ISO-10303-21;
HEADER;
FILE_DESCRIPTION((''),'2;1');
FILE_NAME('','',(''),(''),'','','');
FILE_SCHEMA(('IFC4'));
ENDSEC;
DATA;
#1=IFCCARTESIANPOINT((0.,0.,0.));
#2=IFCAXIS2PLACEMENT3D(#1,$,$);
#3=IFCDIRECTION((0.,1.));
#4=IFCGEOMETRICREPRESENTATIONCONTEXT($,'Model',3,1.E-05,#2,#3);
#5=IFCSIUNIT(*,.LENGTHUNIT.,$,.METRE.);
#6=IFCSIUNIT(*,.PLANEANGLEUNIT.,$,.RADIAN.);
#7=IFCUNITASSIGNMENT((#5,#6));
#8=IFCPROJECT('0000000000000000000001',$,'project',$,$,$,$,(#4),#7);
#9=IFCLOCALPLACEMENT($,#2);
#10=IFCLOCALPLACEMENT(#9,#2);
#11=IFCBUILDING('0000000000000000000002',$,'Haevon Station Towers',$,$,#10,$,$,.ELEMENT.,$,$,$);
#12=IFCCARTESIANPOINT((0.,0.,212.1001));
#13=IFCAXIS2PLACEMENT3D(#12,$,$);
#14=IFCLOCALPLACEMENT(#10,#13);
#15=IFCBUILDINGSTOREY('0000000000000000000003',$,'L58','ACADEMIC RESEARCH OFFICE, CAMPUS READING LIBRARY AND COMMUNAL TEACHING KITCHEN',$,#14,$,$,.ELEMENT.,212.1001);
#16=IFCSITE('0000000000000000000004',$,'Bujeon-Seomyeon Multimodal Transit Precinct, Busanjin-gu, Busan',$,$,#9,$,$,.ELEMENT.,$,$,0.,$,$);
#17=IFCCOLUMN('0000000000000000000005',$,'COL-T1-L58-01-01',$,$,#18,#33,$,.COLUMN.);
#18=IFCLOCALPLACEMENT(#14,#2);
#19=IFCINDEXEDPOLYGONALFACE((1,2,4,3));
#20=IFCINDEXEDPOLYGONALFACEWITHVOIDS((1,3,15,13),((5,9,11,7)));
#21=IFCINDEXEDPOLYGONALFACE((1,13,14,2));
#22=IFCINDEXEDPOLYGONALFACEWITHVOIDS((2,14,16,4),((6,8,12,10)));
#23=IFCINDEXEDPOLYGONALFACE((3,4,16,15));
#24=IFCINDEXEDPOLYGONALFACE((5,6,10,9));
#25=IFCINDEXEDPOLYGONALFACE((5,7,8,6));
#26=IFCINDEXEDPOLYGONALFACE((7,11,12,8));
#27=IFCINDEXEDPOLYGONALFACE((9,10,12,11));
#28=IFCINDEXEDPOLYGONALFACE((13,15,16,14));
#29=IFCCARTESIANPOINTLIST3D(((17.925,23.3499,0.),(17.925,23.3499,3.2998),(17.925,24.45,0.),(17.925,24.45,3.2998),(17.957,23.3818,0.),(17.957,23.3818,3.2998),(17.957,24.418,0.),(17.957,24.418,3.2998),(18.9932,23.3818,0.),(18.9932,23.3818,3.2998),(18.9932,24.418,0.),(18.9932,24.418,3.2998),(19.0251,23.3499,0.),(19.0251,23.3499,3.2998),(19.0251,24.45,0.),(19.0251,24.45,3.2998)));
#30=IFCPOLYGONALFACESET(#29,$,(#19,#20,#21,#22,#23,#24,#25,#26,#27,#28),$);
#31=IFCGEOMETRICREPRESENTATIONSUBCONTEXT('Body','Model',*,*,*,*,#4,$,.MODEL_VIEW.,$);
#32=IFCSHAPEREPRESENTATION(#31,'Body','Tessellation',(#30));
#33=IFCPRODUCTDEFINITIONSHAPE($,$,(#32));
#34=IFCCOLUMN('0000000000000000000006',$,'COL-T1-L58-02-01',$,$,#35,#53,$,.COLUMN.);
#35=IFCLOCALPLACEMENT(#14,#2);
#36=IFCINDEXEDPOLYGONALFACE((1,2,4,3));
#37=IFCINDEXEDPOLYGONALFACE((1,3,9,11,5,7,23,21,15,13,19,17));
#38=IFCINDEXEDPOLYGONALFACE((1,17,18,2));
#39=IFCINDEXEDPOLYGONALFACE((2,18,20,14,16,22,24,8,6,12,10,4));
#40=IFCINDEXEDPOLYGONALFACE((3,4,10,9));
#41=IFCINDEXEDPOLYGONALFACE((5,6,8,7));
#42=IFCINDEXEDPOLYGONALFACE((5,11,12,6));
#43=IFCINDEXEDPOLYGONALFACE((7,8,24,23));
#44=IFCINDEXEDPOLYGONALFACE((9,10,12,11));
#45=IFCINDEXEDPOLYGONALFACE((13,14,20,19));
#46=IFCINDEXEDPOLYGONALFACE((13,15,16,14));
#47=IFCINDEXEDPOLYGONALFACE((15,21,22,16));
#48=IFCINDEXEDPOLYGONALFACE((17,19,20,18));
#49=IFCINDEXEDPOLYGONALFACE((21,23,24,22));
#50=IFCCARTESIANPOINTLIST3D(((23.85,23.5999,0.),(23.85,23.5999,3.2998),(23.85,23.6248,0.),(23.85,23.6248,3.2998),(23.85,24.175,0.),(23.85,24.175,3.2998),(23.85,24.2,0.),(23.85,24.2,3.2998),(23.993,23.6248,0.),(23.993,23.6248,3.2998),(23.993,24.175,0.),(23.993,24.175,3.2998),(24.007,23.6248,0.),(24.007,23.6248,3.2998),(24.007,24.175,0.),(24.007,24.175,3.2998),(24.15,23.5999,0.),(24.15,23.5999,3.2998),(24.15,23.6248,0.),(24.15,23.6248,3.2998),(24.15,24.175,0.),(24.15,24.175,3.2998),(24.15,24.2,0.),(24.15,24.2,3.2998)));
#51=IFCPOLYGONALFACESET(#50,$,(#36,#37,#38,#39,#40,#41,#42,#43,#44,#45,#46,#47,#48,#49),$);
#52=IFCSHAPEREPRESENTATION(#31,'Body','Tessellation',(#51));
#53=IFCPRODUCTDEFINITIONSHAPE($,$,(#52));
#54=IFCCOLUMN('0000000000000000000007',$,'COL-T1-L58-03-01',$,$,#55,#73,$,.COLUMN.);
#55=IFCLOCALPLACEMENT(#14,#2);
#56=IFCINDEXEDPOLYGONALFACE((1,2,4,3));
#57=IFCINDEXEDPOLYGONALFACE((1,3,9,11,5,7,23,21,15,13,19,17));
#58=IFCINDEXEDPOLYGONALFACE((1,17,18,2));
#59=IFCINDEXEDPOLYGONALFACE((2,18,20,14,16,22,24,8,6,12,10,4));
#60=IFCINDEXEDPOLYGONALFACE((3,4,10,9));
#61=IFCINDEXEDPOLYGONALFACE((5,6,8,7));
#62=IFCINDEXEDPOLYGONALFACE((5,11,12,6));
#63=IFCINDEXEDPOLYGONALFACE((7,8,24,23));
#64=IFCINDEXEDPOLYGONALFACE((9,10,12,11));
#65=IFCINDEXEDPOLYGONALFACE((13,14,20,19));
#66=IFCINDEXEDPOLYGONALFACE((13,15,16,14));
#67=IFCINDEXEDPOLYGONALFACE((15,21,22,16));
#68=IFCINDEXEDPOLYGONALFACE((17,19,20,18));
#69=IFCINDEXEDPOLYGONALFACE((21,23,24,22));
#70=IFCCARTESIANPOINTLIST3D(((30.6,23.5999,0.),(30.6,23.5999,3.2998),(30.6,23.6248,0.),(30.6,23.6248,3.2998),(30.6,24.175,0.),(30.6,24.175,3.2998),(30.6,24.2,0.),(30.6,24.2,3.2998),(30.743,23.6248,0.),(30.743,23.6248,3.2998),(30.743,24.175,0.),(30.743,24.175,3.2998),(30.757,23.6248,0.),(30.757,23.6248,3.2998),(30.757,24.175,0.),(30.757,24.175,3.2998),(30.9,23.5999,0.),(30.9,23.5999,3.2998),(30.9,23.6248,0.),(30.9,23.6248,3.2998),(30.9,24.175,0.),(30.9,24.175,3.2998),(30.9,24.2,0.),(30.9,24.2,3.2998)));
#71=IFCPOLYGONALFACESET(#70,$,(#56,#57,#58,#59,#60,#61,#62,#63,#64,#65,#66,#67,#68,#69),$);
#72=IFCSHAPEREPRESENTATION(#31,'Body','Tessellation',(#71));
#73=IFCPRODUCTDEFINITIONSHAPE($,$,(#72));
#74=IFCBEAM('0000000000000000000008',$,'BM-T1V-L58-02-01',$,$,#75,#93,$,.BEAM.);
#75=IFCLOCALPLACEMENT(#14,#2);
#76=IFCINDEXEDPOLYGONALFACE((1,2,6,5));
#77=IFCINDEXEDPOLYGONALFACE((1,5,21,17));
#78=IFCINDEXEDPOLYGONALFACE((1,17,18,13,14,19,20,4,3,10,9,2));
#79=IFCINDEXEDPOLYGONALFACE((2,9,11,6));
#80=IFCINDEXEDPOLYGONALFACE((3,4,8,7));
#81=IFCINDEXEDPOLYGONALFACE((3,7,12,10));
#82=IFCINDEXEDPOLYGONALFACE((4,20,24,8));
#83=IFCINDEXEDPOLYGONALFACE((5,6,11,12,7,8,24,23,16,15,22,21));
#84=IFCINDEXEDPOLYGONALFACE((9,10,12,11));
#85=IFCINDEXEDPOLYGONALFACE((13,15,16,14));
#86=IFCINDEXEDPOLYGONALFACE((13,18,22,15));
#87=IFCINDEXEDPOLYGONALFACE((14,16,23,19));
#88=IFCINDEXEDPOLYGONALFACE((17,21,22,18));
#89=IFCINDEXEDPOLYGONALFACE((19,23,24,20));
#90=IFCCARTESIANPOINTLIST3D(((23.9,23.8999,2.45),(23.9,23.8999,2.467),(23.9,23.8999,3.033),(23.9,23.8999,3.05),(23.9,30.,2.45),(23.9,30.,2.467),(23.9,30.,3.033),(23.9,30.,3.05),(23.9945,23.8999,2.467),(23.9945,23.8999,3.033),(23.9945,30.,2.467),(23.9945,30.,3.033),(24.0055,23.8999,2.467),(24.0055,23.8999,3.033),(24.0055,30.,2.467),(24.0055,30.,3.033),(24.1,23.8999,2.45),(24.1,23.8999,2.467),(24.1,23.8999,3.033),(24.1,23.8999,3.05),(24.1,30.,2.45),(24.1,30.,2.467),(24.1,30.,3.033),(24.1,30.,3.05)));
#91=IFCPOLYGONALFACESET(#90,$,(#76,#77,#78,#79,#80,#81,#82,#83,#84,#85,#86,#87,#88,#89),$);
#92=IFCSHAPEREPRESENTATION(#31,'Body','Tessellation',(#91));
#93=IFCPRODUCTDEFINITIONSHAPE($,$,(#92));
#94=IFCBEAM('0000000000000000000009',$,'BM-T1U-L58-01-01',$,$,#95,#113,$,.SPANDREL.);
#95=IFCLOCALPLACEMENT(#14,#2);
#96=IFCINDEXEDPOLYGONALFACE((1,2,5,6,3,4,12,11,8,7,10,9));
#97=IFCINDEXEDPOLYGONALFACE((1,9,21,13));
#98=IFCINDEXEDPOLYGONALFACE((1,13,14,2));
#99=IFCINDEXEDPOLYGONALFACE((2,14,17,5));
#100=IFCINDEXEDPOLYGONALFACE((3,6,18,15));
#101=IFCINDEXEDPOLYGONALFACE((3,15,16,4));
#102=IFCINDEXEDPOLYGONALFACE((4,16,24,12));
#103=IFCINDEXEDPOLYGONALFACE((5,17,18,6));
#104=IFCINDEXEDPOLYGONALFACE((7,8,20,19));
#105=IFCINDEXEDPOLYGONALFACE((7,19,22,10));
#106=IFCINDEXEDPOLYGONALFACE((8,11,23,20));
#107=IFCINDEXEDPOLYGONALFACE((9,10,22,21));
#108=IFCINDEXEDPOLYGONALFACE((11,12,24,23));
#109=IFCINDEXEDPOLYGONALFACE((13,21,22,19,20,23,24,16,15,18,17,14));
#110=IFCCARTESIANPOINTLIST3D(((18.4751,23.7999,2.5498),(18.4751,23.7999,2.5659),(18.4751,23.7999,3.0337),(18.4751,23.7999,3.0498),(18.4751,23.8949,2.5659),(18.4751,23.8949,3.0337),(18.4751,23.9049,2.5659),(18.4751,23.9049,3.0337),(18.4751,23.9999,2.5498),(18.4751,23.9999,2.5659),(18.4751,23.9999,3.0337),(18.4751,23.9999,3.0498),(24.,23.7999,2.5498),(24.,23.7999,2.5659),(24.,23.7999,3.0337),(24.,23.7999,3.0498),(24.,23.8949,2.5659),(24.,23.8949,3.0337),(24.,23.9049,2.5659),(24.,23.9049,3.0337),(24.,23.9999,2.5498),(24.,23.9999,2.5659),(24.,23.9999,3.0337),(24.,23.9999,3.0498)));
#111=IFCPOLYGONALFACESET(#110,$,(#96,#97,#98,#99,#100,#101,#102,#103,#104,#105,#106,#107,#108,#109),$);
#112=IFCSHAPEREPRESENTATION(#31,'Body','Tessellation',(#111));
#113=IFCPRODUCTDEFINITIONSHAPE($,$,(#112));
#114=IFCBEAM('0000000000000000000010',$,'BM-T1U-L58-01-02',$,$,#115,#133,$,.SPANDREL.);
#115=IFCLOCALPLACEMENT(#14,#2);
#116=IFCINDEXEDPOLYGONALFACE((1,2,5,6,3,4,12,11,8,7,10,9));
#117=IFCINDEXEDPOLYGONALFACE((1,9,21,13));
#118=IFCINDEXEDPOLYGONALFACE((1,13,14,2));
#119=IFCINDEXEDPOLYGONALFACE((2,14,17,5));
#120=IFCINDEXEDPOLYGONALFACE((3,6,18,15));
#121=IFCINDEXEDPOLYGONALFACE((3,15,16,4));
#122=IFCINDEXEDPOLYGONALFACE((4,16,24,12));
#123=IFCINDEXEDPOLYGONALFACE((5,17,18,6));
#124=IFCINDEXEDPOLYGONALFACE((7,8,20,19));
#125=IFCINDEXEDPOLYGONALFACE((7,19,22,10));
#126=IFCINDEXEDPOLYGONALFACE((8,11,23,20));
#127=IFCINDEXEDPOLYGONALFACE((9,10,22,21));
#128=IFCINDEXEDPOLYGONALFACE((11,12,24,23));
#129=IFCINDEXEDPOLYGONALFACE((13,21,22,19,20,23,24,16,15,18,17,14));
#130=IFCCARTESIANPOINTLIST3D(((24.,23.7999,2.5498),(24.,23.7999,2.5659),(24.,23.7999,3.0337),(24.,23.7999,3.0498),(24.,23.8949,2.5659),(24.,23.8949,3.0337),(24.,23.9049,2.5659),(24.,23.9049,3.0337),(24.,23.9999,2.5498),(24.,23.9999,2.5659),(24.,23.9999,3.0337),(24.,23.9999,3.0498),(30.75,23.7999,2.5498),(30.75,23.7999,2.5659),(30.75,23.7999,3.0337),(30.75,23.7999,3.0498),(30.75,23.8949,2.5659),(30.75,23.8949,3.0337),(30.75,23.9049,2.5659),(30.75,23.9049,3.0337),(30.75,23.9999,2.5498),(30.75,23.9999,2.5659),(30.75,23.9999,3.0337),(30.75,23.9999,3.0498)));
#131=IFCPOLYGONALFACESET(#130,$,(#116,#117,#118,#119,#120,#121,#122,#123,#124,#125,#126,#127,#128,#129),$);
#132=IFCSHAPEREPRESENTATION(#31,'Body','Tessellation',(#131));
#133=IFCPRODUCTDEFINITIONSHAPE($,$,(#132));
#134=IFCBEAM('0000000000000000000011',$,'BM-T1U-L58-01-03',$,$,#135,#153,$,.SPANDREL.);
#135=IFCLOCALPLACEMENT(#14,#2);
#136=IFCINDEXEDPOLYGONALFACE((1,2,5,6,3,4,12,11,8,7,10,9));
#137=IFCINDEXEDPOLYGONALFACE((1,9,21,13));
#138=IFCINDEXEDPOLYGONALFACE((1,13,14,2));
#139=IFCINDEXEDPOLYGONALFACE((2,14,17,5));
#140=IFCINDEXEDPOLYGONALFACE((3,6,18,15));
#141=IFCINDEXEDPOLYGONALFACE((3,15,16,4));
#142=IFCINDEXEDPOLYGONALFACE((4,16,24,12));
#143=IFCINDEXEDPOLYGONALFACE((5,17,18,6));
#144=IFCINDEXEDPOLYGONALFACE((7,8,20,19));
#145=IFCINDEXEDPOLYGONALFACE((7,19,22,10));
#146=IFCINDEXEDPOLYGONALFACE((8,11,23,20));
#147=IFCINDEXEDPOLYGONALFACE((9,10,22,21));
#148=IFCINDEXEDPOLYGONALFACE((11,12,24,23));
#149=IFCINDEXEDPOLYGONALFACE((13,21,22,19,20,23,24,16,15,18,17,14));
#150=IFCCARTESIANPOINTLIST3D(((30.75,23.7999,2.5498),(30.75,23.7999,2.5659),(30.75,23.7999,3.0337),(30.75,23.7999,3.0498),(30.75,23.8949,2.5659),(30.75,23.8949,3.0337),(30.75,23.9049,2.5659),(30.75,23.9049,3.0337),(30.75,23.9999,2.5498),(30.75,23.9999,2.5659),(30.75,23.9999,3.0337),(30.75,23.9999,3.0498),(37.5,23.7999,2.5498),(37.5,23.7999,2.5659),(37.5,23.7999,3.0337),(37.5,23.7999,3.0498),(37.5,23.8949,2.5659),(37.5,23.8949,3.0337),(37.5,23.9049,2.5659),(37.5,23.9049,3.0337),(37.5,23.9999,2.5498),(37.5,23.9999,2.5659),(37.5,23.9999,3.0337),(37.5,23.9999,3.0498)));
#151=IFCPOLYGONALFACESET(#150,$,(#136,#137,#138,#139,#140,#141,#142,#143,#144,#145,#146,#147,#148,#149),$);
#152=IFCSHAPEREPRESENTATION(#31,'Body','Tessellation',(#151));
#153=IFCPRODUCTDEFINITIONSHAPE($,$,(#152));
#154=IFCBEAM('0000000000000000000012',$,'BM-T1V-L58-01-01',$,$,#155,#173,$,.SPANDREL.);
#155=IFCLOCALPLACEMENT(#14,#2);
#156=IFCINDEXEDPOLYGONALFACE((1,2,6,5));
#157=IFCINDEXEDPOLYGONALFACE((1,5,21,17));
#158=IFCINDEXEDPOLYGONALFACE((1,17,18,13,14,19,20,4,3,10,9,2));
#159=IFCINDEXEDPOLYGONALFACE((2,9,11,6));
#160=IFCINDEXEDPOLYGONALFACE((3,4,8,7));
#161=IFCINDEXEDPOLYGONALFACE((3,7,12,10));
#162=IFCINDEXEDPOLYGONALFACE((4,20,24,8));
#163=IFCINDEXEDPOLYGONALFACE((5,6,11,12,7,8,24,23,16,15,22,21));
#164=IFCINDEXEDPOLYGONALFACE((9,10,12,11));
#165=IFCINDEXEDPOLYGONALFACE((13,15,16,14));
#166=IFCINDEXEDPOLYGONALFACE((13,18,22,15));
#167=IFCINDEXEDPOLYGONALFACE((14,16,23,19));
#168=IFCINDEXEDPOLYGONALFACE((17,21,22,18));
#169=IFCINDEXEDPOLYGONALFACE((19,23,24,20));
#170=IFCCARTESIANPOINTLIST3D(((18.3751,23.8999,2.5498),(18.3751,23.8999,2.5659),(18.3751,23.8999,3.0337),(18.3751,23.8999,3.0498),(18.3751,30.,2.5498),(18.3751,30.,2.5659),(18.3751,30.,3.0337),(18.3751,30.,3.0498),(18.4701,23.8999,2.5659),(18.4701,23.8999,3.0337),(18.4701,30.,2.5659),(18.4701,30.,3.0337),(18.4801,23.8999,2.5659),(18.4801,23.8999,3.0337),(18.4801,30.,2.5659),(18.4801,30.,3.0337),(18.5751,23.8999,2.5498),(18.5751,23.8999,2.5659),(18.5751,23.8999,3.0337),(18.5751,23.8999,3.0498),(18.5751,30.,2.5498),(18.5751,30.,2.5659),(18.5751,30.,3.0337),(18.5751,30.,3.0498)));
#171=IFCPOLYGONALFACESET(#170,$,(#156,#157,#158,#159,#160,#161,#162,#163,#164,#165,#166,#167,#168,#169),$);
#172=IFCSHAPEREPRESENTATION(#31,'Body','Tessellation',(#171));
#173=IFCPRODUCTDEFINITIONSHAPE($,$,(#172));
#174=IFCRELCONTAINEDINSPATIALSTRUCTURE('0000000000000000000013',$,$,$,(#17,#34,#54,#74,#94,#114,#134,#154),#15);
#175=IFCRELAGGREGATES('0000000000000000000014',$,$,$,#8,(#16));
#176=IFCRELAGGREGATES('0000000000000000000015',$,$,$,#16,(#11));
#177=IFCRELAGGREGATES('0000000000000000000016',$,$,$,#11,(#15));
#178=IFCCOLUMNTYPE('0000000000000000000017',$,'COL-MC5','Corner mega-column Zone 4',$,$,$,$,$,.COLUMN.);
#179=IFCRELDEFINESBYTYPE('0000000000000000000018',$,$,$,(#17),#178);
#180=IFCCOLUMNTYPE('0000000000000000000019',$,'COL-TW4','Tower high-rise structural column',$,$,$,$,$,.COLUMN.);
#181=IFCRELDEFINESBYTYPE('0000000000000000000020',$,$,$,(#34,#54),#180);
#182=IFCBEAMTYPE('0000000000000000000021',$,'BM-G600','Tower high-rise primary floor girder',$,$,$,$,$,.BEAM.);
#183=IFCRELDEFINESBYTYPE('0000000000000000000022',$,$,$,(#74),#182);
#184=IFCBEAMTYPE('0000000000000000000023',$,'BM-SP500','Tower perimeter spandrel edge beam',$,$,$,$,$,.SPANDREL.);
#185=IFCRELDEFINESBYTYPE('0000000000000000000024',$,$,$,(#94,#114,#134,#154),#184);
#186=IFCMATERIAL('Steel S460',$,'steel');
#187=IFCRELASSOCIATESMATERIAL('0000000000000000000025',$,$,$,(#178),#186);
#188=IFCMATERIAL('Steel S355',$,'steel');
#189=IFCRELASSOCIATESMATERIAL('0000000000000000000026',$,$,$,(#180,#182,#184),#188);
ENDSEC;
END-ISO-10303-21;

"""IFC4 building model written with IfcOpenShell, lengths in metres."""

from ifc_helpers import new_model, si_unit, direction, frame, origin, origin_2d, place, context, subcontext, project, spatial, hollow_rectangle, i_section, extrude, material, material_profile, profile_set, type_object, element, save


model = new_model("IFC4")

# Units and contexts
model_context = context("Model", 3, precision=1e-05, world=origin(), true_north=direction((0.0, 1.0)))
body_context = subcontext(model_context, "Body", "Model", "MODEL_VIEW")
ifc_project = project(units=[si_unit("LENGTHUNIT", "METRE"), si_unit("PLANEANGLEUNIT", "RADIAN")], contexts=[model_context])

# Site, building, storey
site_placement = place(None, origin())
site = spatial("IfcSite", under=ifc_project, at=site_placement, Name="Bujeon-Seomyeon Multimodal Transit Precinct, Busanjin-gu, Busan", CompositionType="ELEMENT", RefElevation=0.0)
building_placement = place(site_placement, origin())
building = spatial("IfcBuilding", under=site, at=building_placement, Name="Haevon Station Towers", CompositionType="ELEMENT")
storey_placement = place(building_placement, frame((0.0, 0.0, 212.1001)))
storey = spatial("IfcBuildingStorey", under=building, at=storey_placement, Name="L58", Description="ACADEMIC RESEARCH OFFICE, CAMPUS READING LIBRARY AND COMMUNAL TEACHING KITCHEN", CompositionType="ELEMENT", Elevation=212.1001)

# Columns
ifc_material_1 = material(Name="Steel S460", Category="steel")
ifc_material_profile_1 = material_profile(ifc_material_1, hollow_rectangle(XDim=1.1001, YDim=1.1001, WallThickness=0.032, at=origin_2d()), Name="BOX-1100x1100x32")
ifc_profile_set_1 = profile_set([ifc_material_profile_1], Name="Steel S460")
column_type_1 = type_object("IfcColumnType", Name="COL-MC5", Description="Corner mega-column Zone 4", PredefinedType="COLUMN", material=ifc_profile_set_1)
column_placement = place(storey_placement, frame((18.4751, 23.8999, 0.0), z_axis=(0.0, 0.0, 1.0), x_axis=(1.0, 0.0, 0.0)))
element("IfcColumn", 1, at=column_placement, inside=storey, type_object=column_type_1, Name="COL-T1-L58-01-01", PredefinedType="COLUMN", context=body_context, shape_type="SweptSolid", body=[
    extrude(hollow_rectangle(XDim=1.1001, YDim=1.1001, WallThickness=0.032, at=origin_2d()), origin(), (0.0, 0.0, 1.0), 3.2998),
])
ifc_material_2 = material(Name="Steel S355", Category="steel")
ifc_material_profile_2 = material_profile(ifc_material_2, i_section(OverallWidth=0.3, OverallDepth=0.6001, WebThickness=0.0139, FlangeThickness=0.0249, at=origin_2d()), Name="H-600x300x14x25")
ifc_profile_set_2 = profile_set([ifc_material_profile_2], Name="Steel S355")
column_type_2 = type_object("IfcColumnType", Name="COL-TW4", Description="Tower high-rise structural column", PredefinedType="COLUMN", material=ifc_profile_set_2)
for number, where, z_axis, x_axis, name in (
    (2, (24.0, 23.8999, 0.0), (0.0, 0.0, 1.0), (1.0, 0.0, 0.0), "COL-T1-L58-02-01"),
    (3, (30.75, 23.8999, 0.0), (0.0, 0.0, 1.0), (1.0, 0.0, 0.0), "COL-T1-L58-03-01"),
):
    element("IfcColumn", number, at=place(storey_placement, frame(where, z_axis=z_axis, x_axis=x_axis)), inside=storey, type_object=column_type_2, Name=name, PredefinedType="COLUMN", context=body_context, shape_type="SweptSolid", body=[
        extrude(i_section(OverallWidth=0.3, OverallDepth=0.6001, WebThickness=0.0139, FlangeThickness=0.0249, at=origin_2d()), origin(), (0.0, 0.0, 1.0), 3.2998),
    ])

# Beams
ifc_material_profile_3 = material_profile(ifc_material_2, i_section(OverallWidth=0.2, OverallDepth=0.6001, WebThickness=0.011, FlangeThickness=0.0171, at=origin_2d()), Name="H-600x200x11x17")
ifc_profile_set_3 = profile_set([ifc_material_profile_3], Name="Steel S355")
beam_type_1 = type_object("IfcBeamType", Name="BM-G600", Description="Tower high-rise primary floor girder", PredefinedType="BEAM", material=ifc_profile_set_3)
beam_1_placement = place(storey_placement, frame((24.0, 23.8999, 2.75), z_axis=(0.0, 1.0, 0.0), x_axis=(-1.0, 0.0, 0.0)))
element("IfcBeam", 4, at=beam_1_placement, inside=storey, type_object=beam_type_1, Name="BM-T1V-L58-02-01", PredefinedType="BEAM", context=body_context, shape_type="SweptSolid", body=[
    extrude(i_section(OverallWidth=0.2, OverallDepth=0.6001, WebThickness=0.011, FlangeThickness=0.0171, at=origin_2d()), origin(), (0.0, 0.0, 1.0), 6.1001),
])
ifc_material_profile_4 = material_profile(ifc_material_2, i_section(OverallWidth=0.2, OverallDepth=0.5, WebThickness=0.01, FlangeThickness=0.0161, at=origin_2d()), Name="H-500x200x10x16")
ifc_profile_set_4 = profile_set([ifc_material_profile_4], Name="Steel S355")
beam_type_2 = type_object("IfcBeamType", Name="BM-SP500", Description="Tower perimeter spandrel edge beam", PredefinedType="SPANDREL", material=ifc_profile_set_4)
beam_2_placement = place(storey_placement, frame((18.4751, 23.8999, 2.7998), z_axis=(1.0, 0.0, 0.0), x_axis=(0.0, 1.0, 0.0)))
element("IfcBeam", 5, at=beam_2_placement, inside=storey, type_object=beam_type_2, Name="BM-T1U-L58-01-01", PredefinedType="SPANDREL", context=body_context, shape_type="SweptSolid", body=[
    extrude(i_section(OverallWidth=0.2, OverallDepth=0.5, WebThickness=0.01, FlangeThickness=0.0161, at=origin_2d()), origin(), (0.0, 0.0, 1.0), 5.5249),
])
for number, where, z_axis, x_axis, name in (
    (6, (24.0, 23.8999, 2.7998), (1.0, 0.0, 0.0), (0.0, 1.0, 0.0), "BM-T1U-L58-01-02"),
    (7, (30.75, 23.8999, 2.7998), (1.0, 0.0, 0.0), (0.0, 1.0, 0.0), "BM-T1U-L58-01-03"),
):
    element("IfcBeam", number, at=place(storey_placement, frame(where, z_axis=z_axis, x_axis=x_axis)), inside=storey, type_object=beam_type_2, Name=name, PredefinedType="SPANDREL", context=body_context, shape_type="SweptSolid", body=[
        extrude(i_section(OverallWidth=0.2, OverallDepth=0.5, WebThickness=0.01, FlangeThickness=0.0161, at=origin_2d()), origin(), (0.0, 0.0, 1.0), 6.75),
    ])
beam_3_placement = place(storey_placement, frame((18.4751, 23.8999, 2.7998), z_axis=(0.0, 1.0, 0.0), x_axis=(-1.0, 0.0, 0.0)))
element("IfcBeam", 8, at=beam_3_placement, inside=storey, type_object=beam_type_2, Name="BM-T1V-L58-01-01", PredefinedType="SPANDREL", context=body_context, shape_type="SweptSolid", body=[
    extrude(i_section(OverallWidth=0.2, OverallDepth=0.5, WebThickness=0.01, FlangeThickness=0.0161, at=origin_2d()), origin(), (0.0, 0.0, 1.0), 6.1001),
])

save(model, "model.ifc")
